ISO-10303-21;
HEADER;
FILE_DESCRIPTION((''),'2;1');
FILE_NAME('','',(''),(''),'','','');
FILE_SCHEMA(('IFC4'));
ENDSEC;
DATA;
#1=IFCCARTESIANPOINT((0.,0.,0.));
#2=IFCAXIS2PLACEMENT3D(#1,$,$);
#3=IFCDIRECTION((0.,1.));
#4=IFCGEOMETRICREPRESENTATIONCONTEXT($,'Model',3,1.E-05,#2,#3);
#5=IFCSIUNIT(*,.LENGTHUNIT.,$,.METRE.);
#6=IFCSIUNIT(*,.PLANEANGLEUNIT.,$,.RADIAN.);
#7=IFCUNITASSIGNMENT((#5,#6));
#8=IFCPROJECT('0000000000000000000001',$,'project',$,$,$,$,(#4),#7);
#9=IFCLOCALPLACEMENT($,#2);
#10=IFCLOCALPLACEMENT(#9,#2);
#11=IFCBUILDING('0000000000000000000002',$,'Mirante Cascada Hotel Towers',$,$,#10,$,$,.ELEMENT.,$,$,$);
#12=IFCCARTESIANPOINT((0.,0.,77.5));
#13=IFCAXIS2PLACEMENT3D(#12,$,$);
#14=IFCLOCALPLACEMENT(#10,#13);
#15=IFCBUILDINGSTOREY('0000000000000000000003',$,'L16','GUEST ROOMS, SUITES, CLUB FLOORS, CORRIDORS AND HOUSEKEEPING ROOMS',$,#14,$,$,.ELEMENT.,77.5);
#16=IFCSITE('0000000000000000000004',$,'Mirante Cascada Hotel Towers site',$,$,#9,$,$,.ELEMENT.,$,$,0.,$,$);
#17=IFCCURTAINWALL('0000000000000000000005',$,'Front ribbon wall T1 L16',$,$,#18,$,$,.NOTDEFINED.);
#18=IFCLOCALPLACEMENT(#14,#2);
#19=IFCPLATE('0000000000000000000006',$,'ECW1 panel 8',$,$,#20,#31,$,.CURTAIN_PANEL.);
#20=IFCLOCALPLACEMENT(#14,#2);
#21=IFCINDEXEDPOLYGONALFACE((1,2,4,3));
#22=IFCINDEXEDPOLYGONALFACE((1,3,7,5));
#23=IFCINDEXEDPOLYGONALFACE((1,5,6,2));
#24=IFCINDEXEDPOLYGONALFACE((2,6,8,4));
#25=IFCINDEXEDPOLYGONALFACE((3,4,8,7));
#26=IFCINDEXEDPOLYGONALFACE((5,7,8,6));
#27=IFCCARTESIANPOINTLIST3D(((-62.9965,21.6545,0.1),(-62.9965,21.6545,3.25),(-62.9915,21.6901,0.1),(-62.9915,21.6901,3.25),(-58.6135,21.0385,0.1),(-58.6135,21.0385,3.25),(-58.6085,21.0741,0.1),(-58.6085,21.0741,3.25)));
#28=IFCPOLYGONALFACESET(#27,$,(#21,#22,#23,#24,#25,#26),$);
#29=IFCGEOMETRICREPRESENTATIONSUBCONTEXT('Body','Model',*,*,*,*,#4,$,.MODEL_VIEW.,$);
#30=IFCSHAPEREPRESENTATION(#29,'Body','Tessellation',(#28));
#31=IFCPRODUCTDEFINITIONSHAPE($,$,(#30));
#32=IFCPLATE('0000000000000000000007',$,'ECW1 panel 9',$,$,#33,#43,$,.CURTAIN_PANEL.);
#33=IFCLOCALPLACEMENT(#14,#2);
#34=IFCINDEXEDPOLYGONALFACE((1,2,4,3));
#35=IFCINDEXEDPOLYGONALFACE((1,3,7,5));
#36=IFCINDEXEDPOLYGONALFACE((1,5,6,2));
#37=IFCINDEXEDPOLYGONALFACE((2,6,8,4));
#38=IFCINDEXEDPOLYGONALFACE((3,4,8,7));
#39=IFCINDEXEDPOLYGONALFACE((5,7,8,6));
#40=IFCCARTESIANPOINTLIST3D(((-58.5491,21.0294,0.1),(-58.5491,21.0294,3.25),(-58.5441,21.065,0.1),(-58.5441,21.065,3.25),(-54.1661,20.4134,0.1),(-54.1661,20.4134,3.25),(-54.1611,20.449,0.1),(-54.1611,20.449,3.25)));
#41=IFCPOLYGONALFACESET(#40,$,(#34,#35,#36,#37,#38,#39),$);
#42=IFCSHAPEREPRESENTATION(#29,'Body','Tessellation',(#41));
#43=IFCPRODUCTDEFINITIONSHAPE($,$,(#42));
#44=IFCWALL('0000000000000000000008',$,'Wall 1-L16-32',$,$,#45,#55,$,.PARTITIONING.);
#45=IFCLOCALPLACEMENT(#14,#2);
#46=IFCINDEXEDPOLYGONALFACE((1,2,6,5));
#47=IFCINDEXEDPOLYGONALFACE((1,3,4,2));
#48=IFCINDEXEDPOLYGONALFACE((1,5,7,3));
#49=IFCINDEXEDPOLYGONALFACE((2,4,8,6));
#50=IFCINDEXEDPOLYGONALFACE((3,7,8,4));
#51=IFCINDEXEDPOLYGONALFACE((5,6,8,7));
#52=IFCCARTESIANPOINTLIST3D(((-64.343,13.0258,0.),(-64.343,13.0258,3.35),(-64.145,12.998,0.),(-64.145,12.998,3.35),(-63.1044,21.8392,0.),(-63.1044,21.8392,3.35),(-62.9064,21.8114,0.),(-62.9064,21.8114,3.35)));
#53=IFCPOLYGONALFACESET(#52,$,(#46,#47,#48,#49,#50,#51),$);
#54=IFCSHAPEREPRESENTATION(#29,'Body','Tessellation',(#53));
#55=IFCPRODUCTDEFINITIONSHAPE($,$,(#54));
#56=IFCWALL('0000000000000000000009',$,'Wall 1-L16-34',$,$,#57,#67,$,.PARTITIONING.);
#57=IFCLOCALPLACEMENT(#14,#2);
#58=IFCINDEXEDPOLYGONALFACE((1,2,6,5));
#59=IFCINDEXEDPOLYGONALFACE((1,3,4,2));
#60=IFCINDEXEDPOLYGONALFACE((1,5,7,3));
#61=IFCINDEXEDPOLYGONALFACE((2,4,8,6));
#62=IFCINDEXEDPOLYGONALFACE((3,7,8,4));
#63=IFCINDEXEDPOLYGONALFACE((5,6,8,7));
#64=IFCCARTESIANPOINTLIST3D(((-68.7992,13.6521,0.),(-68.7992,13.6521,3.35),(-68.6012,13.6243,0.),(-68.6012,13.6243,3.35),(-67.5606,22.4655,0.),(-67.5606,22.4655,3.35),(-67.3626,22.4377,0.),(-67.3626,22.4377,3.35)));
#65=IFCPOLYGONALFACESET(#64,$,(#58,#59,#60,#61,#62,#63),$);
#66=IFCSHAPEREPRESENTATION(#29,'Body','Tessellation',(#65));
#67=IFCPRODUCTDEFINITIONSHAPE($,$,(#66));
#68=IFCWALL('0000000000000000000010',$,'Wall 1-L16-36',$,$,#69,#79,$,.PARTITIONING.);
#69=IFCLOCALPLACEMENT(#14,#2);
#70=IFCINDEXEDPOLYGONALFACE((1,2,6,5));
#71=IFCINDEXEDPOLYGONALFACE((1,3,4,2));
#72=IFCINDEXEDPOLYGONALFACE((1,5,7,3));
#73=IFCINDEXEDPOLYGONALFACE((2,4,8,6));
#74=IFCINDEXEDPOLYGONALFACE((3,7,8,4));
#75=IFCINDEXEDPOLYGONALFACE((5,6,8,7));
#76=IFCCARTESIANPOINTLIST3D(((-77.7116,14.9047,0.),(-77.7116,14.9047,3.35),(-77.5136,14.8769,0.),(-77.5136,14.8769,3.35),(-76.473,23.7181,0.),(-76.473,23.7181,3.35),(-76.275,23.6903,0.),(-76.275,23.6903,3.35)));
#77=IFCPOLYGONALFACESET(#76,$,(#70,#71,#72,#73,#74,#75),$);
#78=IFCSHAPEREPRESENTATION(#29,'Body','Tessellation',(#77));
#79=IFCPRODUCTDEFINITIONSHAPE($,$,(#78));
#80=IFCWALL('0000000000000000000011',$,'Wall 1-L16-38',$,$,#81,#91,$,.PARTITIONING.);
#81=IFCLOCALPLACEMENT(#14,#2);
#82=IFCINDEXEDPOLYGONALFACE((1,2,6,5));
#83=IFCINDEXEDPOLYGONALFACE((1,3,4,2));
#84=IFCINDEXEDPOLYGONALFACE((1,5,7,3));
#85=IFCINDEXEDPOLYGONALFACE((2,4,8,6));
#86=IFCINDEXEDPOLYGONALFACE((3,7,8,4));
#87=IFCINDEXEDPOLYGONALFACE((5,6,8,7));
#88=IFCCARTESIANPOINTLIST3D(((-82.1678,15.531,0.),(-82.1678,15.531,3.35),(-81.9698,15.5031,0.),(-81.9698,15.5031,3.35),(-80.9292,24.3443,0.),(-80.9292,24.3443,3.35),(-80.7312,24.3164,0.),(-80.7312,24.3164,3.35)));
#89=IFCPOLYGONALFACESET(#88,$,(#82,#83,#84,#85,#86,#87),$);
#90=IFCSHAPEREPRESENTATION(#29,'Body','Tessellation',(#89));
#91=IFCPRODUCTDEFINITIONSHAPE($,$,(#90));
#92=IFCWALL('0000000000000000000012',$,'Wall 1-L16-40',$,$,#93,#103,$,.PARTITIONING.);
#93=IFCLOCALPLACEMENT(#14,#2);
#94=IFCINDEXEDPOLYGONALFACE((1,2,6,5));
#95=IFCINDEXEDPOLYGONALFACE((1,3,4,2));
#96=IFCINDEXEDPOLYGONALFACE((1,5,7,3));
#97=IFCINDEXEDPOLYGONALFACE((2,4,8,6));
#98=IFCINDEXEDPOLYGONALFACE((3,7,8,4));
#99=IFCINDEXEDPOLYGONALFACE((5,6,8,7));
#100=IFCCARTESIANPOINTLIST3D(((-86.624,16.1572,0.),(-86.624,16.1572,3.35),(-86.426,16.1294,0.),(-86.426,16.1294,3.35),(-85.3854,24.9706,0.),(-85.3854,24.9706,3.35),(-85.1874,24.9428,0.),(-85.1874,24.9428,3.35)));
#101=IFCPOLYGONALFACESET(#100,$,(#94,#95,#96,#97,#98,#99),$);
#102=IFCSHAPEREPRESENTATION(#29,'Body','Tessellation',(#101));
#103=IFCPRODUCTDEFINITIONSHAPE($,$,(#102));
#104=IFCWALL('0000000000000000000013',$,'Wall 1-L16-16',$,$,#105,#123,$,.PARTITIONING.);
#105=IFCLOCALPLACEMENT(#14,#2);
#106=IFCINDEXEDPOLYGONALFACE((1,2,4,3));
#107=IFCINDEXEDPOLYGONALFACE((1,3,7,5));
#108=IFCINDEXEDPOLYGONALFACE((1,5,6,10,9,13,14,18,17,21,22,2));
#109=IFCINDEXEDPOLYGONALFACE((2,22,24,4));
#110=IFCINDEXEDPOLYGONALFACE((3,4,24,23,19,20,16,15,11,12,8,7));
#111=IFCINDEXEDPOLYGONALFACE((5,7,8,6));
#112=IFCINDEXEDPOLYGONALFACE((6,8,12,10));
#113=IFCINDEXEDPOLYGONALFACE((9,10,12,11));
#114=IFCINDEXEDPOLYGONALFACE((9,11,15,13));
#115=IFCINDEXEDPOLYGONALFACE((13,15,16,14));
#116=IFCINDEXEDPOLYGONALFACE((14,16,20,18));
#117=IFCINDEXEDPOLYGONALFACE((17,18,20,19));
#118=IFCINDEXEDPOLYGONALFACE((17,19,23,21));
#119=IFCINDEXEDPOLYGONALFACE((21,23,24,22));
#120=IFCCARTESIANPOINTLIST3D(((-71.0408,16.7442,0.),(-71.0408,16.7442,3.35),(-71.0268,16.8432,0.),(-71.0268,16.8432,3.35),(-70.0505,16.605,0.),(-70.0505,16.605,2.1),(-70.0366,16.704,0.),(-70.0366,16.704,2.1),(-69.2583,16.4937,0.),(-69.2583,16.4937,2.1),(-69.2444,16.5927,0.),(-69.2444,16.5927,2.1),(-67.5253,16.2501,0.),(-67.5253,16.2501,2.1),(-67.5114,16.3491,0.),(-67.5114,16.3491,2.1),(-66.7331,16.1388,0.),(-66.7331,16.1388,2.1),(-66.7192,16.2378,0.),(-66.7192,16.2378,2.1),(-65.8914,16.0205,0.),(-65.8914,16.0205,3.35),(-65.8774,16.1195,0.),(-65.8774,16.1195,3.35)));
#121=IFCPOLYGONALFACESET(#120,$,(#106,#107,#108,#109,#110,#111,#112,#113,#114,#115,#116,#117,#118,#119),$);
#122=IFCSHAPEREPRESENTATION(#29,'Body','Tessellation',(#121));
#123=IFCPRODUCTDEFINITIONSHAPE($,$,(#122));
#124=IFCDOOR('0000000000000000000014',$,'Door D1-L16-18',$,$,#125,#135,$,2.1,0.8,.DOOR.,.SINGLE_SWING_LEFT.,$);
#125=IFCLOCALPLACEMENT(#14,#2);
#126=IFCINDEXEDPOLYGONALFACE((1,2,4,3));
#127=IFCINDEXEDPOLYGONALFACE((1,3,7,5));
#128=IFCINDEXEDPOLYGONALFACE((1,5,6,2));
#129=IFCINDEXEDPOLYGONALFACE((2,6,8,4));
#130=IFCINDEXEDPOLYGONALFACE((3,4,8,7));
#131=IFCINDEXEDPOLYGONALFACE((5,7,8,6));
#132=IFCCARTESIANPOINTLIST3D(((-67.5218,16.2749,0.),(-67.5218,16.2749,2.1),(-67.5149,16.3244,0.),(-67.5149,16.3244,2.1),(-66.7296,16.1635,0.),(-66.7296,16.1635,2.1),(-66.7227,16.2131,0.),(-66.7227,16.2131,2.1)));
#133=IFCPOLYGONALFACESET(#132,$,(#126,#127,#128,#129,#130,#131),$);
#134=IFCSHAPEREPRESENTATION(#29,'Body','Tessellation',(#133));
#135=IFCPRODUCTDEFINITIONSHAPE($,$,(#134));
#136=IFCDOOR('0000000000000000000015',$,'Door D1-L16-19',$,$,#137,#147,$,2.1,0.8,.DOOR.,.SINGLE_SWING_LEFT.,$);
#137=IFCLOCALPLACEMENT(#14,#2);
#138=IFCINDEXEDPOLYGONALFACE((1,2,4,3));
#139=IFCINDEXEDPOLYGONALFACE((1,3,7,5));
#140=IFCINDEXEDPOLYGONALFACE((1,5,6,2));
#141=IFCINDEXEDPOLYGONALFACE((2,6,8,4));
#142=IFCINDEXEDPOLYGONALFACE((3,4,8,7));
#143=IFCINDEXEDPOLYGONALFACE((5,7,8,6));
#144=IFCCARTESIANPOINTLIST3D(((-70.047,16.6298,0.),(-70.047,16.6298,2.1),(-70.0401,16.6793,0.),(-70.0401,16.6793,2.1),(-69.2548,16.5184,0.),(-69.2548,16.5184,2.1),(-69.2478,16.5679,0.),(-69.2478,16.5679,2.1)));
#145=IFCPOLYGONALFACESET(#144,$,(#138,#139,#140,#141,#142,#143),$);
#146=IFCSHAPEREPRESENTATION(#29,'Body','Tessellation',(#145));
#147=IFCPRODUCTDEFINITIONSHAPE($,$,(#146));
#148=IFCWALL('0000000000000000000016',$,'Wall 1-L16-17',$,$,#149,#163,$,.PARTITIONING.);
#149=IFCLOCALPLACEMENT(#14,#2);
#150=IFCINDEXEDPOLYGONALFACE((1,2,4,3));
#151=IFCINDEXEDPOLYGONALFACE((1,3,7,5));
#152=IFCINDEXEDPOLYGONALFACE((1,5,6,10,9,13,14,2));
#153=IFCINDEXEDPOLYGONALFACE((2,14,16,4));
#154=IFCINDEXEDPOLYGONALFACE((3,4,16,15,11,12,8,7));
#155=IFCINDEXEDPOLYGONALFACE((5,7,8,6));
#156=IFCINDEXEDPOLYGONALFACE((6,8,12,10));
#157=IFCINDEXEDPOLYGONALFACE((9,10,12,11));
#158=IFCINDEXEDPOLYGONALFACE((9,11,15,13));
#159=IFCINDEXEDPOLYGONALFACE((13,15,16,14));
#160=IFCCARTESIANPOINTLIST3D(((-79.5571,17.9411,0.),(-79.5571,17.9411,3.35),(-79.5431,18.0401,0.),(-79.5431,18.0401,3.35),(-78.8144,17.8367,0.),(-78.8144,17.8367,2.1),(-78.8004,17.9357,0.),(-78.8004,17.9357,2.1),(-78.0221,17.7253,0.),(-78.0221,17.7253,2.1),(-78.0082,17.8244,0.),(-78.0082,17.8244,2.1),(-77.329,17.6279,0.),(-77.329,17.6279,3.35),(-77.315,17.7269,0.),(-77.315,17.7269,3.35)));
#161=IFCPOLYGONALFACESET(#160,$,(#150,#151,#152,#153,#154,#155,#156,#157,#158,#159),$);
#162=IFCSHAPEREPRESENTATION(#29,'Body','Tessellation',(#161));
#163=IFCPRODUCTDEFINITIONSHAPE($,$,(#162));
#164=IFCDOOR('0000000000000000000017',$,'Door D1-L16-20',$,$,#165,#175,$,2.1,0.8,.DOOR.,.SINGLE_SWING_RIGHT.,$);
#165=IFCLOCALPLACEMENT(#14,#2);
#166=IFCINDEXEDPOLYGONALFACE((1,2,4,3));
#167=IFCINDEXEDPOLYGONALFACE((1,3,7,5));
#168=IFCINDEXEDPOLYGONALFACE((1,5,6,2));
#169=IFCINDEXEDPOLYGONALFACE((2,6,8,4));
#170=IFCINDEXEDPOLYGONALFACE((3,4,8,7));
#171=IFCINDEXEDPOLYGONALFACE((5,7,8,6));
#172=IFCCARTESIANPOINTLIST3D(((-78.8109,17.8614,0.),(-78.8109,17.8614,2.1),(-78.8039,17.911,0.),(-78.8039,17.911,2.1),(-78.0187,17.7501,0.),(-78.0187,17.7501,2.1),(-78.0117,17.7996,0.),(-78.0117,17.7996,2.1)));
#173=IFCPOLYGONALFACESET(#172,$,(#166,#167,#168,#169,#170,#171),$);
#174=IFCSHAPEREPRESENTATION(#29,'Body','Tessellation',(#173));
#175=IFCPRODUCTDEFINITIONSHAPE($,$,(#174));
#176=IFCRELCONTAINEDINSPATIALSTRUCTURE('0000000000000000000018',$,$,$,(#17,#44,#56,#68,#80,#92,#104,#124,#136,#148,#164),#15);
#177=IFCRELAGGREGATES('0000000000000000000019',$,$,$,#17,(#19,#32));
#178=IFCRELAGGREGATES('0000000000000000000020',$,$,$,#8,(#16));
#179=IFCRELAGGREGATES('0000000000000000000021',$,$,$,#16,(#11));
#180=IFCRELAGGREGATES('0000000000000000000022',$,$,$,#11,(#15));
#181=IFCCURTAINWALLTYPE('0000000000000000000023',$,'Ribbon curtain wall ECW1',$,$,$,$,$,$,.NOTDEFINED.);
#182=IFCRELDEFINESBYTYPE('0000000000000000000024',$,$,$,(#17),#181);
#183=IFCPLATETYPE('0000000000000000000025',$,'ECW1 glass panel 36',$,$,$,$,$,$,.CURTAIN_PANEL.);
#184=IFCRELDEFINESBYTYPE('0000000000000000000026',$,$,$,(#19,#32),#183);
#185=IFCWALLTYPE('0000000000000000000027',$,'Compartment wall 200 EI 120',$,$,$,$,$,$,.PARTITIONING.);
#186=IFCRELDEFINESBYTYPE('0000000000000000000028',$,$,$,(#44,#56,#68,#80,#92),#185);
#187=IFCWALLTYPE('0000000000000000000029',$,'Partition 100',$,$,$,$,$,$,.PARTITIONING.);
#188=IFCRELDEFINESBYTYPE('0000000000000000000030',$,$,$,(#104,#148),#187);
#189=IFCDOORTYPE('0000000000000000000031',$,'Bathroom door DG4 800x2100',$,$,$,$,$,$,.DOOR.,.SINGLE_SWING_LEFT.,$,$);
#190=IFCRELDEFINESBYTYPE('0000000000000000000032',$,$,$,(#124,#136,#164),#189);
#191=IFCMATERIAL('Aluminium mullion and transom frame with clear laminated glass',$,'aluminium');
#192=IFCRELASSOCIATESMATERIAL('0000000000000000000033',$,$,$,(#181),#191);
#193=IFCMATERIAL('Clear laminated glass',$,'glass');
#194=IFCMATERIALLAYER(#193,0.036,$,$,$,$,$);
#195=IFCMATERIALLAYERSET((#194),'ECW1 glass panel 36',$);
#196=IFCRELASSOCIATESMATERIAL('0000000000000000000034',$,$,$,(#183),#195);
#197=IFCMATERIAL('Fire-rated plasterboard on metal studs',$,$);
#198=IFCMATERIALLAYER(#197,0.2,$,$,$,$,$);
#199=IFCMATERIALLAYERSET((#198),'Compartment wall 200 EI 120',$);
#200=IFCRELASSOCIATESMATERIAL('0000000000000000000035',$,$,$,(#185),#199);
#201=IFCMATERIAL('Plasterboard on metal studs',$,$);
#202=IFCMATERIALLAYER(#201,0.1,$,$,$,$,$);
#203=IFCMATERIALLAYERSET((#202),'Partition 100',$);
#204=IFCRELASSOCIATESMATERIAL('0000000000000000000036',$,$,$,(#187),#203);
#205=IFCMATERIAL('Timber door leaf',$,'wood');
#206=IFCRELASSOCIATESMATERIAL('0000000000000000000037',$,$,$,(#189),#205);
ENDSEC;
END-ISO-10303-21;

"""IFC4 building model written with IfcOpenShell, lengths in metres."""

from ifc_helpers import new_model, si_unit, direction, frame, frame_2d, origin, origin_2d, place, context, subcontext, project, spatial, rectangle, extrude, material, layer, layer_set, type_object, element, fill, aggregate, save


model = new_model("IFC4")

# Units and contexts
model_context = context("Model", 3, precision=1e-05, world=origin(), true_north=direction((0.0, 1.0)))
body_context = subcontext(model_context, "Body", "Model", "MODEL_VIEW")
ifc_project = project(units=[si_unit("LENGTHUNIT", "METRE"), si_unit("PLANEANGLEUNIT", "RADIAN")], contexts=[model_context])

# Site, building, storey
site_placement = place(None, origin())
site = spatial("IfcSite", under=ifc_project, at=site_placement, Name="Mirante Cascada Hotel Towers site", CompositionType="ELEMENT", RefElevation=0.0)
building_placement = place(site_placement, origin())
building = spatial("IfcBuilding", under=site, at=building_placement, Name="Mirante Cascada Hotel Towers", CompositionType="ELEMENT")
storey_placement = place(building_placement, frame((0.0, 0.0, 77.5)))
storey = spatial("IfcBuildingStorey", under=building, at=storey_placement, Name="L16", Description="GUEST ROOMS, SUITES, CLUB FLOORS, CORRIDORS AND HOUSEKEEPING ROOMS", CompositionType="ELEMENT", Elevation=77.5)

# Curtain wall, plates
ifc_material_1 = material(Name="Aluminium mullion and transom frame with clear laminated glass", Category="aluminium")
curtain_wall_type = type_object("IfcCurtainWallType", Name="Ribbon curtain wall ECW1", PredefinedType="NOTDEFINED", material=ifc_material_1)
curtain_wall_placement = place(storey_placement, origin())
curtain_wall = element("IfcCurtainWall", 1, at=curtain_wall_placement, inside=storey, type_object=curtain_wall_type, Name="Front ribbon wall T1 L16", PredefinedType="NOTDEFINED")
ifc_material_2 = material(Name="Clear laminated glass", Category="glass")
ifc_layer_1 = layer(ifc_material_2, 0.036)
ifc_layer_set_1 = layer_set([ifc_layer_1], Name="ECW1 glass panel 36")
plate_type = type_object("IfcPlateType", Name="ECW1 glass panel 36", PredefinedType="CURTAIN_PANEL", material=ifc_layer_set_1)
plate_1_placement = place(storey_placement, frame((-60.8025, 21.3643, 0.1), z_axis=(0.0, 0.0, 1.0), x_axis=(0.990268, -0.139173, 0.0)))
plate_1 = element("IfcPlate", 2, at=plate_1_placement, type_object=plate_type, Name="ECW1 panel 8", PredefinedType="CURTAIN_PANEL", context=body_context, shape_type="SweptSolid", body=[
    extrude(rectangle(XDim=4.4261, YDim=0.036, at=origin_2d()), origin(), (0.0, 0.0, 1.0), 3.15),
])
plate_2_placement = place(storey_placement, frame((-56.3551, 20.7392, 0.1), z_axis=(0.0, 0.0, 1.0), x_axis=(0.990268, -0.139173, 0.0)))
plate_2 = element("IfcPlate", 3, at=plate_2_placement, type_object=plate_type, Name="ECW1 panel 9", PredefinedType="CURTAIN_PANEL", context=body_context, shape_type="SweptSolid", body=[
    extrude(rectangle(XDim=4.4261, YDim=0.036, at=origin_2d()), origin(), (0.0, 0.0, 1.0), 3.15),
])
aggregate(curtain_wall, [plate_1, plate_2])

# Walls
ifc_material_3 = material(Name="Fire-rated plasterboard on metal studs")
ifc_layer_2 = layer(ifc_material_3, 0.2)
ifc_layer_set_2 = layer_set([ifc_layer_2], Name="Compartment wall 200 EI 120")
wall_type_1 = type_object("IfcWallType", Name="Compartment wall 200 EI 120", PredefinedType="PARTITIONING", material=ifc_layer_set_2)
for number, where, z_axis, x_axis, name in (
    (4, (-63.0054, 21.8253, 0.0), (0.0, 0.0, 1.0), (-0.139168, -0.990269, 0.0), "Wall 1-L16-32"),
    (5, (-67.4616, 22.4516, 0.0), (0.0, 0.0, 1.0), (-0.139168, -0.990269, 0.0), "Wall 1-L16-34"),
    (6, (-76.374, 23.7042, 0.0), (0.0, 0.0, 1.0), (-0.139168, -0.990269, 0.0), "Wall 1-L16-36"),
):
    element("IfcWall", number, at=place(storey_placement, frame(where, z_axis=z_axis, x_axis=x_axis)), inside=storey, type_object=wall_type_1, Name=name, PredefinedType="PARTITIONING", context=body_context, shape_type="SweptSolid", body=[
        extrude(rectangle(XDim=8.9, YDim=0.2, at=frame_2d((4.45, 0.0))), origin(), (0.0, 0.0, 1.0), 3.35),
    ])
wall_1_placement = place(storey_placement, frame((-80.8302, 24.3304, 0.0), z_axis=(0.0, 0.0, 1.0), x_axis=(-0.13917, -0.990268, 0.0)))
element("IfcWall", 7, at=wall_1_placement, inside=storey, type_object=wall_type_1, Name="Wall 1-L16-38", PredefinedType="PARTITIONING", context=body_context, shape_type="SweptSolid", body=[
    extrude(rectangle(XDim=8.8999, YDim=0.2, at=frame_2d((4.45, 0.0))), origin(), (0.0, 0.0, 1.0), 3.35),
])
wall_2_placement = place(storey_placement, frame((-85.2864, 24.9567, 0.0), z_axis=(0.0, 0.0, 1.0), x_axis=(-0.139168, -0.990269, 0.0)))
element("IfcWall", 8, at=wall_2_placement, inside=storey, type_object=wall_type_1, Name="Wall 1-L16-40", PredefinedType="PARTITIONING", context=body_context, shape_type="SweptSolid", body=[
    extrude(rectangle(XDim=8.9, YDim=0.2, at=frame_2d((4.45, 0.0))), origin(), (0.0, 0.0, 1.0), 3.35),
])

# Wall, openings, doors
ifc_material_4 = material(Name="Plasterboard on metal studs")
ifc_layer_3 = layer(ifc_material_4, 0.1)
ifc_layer_set_3 = layer_set([ifc_layer_3], Name="Partition 100")
wall_type_2 = type_object("IfcWallType", Name="Partition 100", PredefinedType="PARTITIONING", material=ifc_layer_set_3)
wall_3_placement = place(storey_placement, frame((-71.0338, 16.7937, 0.0), z_axis=(0.0, 0.0, 1.0), x_axis=(0.990268, -0.139173, 0.0)))
wall_3 = element("IfcWall", 9, at=wall_3_placement, inside=storey, type_object=wall_type_2, Name="Wall 1-L16-16", PredefinedType="PARTITIONING", context=body_context, shape_type="SweptSolid", body=[
    extrude(rectangle(XDim=5.2, YDim=0.1, at=frame_2d((2.6, 0.0))), origin(), (0.0, 0.0, 1.0), 3.35),
])
opening_1_placement = place(wall_3_placement, frame((3.55, 0.0, 0.0)))
opening_1 = element("IfcOpeningElement", 10, at=opening_1_placement, cuts=wall_3, PredefinedType="OPENING", context=body_context, shape_type="SweptSolid", body=[
    extrude(rectangle(XDim=0.8, YDim=2.1, at=frame_2d((0.4, 1.05))), frame((0.0, 0.05, 0.0), z_axis=(0.0, -1.0, 0.0), x_axis=(1.0, 0.0, 0.0)), (0.0, 0.0, 1.0), 0.1),
])
opening_2_placement = place(wall_3_placement, frame((1.0, 0.0, 0.0)))
opening_2 = element("IfcOpeningElement", 11, at=opening_2_placement, cuts=wall_3, PredefinedType="OPENING", context=body_context, shape_type="SweptSolid", body=[
    extrude(rectangle(XDim=0.8, YDim=2.1, at=frame_2d((0.4, 1.05))), frame((0.0, 0.05, 0.0), z_axis=(0.0, -1.0, 0.0), x_axis=(1.0, 0.0, 0.0)), (0.0, 0.0, 1.0), 0.1),
])
ifc_material_5 = material(Name="Timber door leaf", Category="wood")
door_type = type_object("IfcDoorType", Name="Bathroom door DG4 800x2100", OperationType="SINGLE_SWING_LEFT", PredefinedType="DOOR", material=ifc_material_5)
door_1_placement = place(opening_1_placement, origin())
door_1 = element("IfcDoor", 12, at=door_1_placement, inside=storey, type_object=door_type, Name="Door D1-L16-18", OperationType="SINGLE_SWING_LEFT", OverallHeight=2.1, OverallWidth=0.8, PredefinedType="DOOR", context=body_context, shape_type="SweptSolid", body=[
    extrude(rectangle(XDim=0.8, YDim=2.1, at=frame_2d((0.4, 1.05))), frame((0.0, 0.025, 0.0), z_axis=(0.0, -1.0, 0.0), x_axis=(1.0, 0.0, 0.0)), (0.0, 0.0, 1.0), 0.05),
])
fill(opening_1, door_1)
door_2_placement = place(opening_2_placement, origin())
door_2 = element("IfcDoor", 13, at=door_2_placement, inside=storey, type_object=door_type, Name="Door D1-L16-19", OperationType="SINGLE_SWING_LEFT", OverallHeight=2.1, OverallWidth=0.8, PredefinedType="DOOR", context=body_context, shape_type="SweptSolid", body=[
    extrude(rectangle(XDim=0.8, YDim=2.1, at=frame_2d((0.4, 1.05))), frame((0.0, 0.025, 0.0), z_axis=(0.0, -1.0, 0.0), x_axis=(1.0, 0.0, 0.0)), (0.0, 0.0, 1.0), 0.05),
])
fill(opening_2, door_2)

# Wall, opening, door
wall_4_placement = place(storey_placement, frame((-77.322, 17.6774, 0.0), z_axis=(0.0, 0.0, 1.0), x_axis=(-0.990264, 0.1392, 0.0)))
wall_4 = element("IfcWall", 14, at=wall_4_placement, inside=storey, type_object=wall_type_2, Name="Wall 1-L16-17", PredefinedType="PARTITIONING", context=body_context, shape_type="SweptSolid", body=[
    extrude(rectangle(XDim=2.25, YDim=0.1, at=frame_2d((1.125, 0.0))), origin(), (0.0, 0.0, 1.0), 3.35),
])
opening_3_placement = place(wall_4_placement, frame((0.7, 0.0, 0.0)))
opening_3 = element("IfcOpeningElement", 15, at=opening_3_placement, cuts=wall_4, PredefinedType="OPENING", context=body_context, shape_type="SweptSolid", body=[
    extrude(rectangle(XDim=0.8, YDim=2.1, at=frame_2d((0.4, 1.05))), frame((0.0, 0.05, 0.0), z_axis=(0.0, -1.0, 0.0), x_axis=(1.0, 0.0, 0.0)), (0.0, 0.0, 1.0), 0.1),
])
door_3_placement = place(opening_3_placement, frame((0.8, 0.0, 0.0), z_axis=(0.0, 0.0, 1.0), x_axis=(-1.0, 0.0, 0.0)))
door_3 = element("IfcDoor", 16, at=door_3_placement, inside=storey, type_object=door_type, Name="Door D1-L16-20", OperationType="SINGLE_SWING_RIGHT", OverallHeight=2.1, OverallWidth=0.8, PredefinedType="DOOR", context=body_context, shape_type="SweptSolid", body=[
    extrude(rectangle(XDim=0.8, YDim=2.1, at=frame_2d((0.4, 1.05))), frame((0.0, 0.025, 0.0), z_axis=(0.0, -1.0, 0.0), x_axis=(1.0, 0.0, 0.0)), (0.0, 0.0, 1.0), 0.05),
])
fill(opening_3, door_3)

save(model, "model.ifc")
